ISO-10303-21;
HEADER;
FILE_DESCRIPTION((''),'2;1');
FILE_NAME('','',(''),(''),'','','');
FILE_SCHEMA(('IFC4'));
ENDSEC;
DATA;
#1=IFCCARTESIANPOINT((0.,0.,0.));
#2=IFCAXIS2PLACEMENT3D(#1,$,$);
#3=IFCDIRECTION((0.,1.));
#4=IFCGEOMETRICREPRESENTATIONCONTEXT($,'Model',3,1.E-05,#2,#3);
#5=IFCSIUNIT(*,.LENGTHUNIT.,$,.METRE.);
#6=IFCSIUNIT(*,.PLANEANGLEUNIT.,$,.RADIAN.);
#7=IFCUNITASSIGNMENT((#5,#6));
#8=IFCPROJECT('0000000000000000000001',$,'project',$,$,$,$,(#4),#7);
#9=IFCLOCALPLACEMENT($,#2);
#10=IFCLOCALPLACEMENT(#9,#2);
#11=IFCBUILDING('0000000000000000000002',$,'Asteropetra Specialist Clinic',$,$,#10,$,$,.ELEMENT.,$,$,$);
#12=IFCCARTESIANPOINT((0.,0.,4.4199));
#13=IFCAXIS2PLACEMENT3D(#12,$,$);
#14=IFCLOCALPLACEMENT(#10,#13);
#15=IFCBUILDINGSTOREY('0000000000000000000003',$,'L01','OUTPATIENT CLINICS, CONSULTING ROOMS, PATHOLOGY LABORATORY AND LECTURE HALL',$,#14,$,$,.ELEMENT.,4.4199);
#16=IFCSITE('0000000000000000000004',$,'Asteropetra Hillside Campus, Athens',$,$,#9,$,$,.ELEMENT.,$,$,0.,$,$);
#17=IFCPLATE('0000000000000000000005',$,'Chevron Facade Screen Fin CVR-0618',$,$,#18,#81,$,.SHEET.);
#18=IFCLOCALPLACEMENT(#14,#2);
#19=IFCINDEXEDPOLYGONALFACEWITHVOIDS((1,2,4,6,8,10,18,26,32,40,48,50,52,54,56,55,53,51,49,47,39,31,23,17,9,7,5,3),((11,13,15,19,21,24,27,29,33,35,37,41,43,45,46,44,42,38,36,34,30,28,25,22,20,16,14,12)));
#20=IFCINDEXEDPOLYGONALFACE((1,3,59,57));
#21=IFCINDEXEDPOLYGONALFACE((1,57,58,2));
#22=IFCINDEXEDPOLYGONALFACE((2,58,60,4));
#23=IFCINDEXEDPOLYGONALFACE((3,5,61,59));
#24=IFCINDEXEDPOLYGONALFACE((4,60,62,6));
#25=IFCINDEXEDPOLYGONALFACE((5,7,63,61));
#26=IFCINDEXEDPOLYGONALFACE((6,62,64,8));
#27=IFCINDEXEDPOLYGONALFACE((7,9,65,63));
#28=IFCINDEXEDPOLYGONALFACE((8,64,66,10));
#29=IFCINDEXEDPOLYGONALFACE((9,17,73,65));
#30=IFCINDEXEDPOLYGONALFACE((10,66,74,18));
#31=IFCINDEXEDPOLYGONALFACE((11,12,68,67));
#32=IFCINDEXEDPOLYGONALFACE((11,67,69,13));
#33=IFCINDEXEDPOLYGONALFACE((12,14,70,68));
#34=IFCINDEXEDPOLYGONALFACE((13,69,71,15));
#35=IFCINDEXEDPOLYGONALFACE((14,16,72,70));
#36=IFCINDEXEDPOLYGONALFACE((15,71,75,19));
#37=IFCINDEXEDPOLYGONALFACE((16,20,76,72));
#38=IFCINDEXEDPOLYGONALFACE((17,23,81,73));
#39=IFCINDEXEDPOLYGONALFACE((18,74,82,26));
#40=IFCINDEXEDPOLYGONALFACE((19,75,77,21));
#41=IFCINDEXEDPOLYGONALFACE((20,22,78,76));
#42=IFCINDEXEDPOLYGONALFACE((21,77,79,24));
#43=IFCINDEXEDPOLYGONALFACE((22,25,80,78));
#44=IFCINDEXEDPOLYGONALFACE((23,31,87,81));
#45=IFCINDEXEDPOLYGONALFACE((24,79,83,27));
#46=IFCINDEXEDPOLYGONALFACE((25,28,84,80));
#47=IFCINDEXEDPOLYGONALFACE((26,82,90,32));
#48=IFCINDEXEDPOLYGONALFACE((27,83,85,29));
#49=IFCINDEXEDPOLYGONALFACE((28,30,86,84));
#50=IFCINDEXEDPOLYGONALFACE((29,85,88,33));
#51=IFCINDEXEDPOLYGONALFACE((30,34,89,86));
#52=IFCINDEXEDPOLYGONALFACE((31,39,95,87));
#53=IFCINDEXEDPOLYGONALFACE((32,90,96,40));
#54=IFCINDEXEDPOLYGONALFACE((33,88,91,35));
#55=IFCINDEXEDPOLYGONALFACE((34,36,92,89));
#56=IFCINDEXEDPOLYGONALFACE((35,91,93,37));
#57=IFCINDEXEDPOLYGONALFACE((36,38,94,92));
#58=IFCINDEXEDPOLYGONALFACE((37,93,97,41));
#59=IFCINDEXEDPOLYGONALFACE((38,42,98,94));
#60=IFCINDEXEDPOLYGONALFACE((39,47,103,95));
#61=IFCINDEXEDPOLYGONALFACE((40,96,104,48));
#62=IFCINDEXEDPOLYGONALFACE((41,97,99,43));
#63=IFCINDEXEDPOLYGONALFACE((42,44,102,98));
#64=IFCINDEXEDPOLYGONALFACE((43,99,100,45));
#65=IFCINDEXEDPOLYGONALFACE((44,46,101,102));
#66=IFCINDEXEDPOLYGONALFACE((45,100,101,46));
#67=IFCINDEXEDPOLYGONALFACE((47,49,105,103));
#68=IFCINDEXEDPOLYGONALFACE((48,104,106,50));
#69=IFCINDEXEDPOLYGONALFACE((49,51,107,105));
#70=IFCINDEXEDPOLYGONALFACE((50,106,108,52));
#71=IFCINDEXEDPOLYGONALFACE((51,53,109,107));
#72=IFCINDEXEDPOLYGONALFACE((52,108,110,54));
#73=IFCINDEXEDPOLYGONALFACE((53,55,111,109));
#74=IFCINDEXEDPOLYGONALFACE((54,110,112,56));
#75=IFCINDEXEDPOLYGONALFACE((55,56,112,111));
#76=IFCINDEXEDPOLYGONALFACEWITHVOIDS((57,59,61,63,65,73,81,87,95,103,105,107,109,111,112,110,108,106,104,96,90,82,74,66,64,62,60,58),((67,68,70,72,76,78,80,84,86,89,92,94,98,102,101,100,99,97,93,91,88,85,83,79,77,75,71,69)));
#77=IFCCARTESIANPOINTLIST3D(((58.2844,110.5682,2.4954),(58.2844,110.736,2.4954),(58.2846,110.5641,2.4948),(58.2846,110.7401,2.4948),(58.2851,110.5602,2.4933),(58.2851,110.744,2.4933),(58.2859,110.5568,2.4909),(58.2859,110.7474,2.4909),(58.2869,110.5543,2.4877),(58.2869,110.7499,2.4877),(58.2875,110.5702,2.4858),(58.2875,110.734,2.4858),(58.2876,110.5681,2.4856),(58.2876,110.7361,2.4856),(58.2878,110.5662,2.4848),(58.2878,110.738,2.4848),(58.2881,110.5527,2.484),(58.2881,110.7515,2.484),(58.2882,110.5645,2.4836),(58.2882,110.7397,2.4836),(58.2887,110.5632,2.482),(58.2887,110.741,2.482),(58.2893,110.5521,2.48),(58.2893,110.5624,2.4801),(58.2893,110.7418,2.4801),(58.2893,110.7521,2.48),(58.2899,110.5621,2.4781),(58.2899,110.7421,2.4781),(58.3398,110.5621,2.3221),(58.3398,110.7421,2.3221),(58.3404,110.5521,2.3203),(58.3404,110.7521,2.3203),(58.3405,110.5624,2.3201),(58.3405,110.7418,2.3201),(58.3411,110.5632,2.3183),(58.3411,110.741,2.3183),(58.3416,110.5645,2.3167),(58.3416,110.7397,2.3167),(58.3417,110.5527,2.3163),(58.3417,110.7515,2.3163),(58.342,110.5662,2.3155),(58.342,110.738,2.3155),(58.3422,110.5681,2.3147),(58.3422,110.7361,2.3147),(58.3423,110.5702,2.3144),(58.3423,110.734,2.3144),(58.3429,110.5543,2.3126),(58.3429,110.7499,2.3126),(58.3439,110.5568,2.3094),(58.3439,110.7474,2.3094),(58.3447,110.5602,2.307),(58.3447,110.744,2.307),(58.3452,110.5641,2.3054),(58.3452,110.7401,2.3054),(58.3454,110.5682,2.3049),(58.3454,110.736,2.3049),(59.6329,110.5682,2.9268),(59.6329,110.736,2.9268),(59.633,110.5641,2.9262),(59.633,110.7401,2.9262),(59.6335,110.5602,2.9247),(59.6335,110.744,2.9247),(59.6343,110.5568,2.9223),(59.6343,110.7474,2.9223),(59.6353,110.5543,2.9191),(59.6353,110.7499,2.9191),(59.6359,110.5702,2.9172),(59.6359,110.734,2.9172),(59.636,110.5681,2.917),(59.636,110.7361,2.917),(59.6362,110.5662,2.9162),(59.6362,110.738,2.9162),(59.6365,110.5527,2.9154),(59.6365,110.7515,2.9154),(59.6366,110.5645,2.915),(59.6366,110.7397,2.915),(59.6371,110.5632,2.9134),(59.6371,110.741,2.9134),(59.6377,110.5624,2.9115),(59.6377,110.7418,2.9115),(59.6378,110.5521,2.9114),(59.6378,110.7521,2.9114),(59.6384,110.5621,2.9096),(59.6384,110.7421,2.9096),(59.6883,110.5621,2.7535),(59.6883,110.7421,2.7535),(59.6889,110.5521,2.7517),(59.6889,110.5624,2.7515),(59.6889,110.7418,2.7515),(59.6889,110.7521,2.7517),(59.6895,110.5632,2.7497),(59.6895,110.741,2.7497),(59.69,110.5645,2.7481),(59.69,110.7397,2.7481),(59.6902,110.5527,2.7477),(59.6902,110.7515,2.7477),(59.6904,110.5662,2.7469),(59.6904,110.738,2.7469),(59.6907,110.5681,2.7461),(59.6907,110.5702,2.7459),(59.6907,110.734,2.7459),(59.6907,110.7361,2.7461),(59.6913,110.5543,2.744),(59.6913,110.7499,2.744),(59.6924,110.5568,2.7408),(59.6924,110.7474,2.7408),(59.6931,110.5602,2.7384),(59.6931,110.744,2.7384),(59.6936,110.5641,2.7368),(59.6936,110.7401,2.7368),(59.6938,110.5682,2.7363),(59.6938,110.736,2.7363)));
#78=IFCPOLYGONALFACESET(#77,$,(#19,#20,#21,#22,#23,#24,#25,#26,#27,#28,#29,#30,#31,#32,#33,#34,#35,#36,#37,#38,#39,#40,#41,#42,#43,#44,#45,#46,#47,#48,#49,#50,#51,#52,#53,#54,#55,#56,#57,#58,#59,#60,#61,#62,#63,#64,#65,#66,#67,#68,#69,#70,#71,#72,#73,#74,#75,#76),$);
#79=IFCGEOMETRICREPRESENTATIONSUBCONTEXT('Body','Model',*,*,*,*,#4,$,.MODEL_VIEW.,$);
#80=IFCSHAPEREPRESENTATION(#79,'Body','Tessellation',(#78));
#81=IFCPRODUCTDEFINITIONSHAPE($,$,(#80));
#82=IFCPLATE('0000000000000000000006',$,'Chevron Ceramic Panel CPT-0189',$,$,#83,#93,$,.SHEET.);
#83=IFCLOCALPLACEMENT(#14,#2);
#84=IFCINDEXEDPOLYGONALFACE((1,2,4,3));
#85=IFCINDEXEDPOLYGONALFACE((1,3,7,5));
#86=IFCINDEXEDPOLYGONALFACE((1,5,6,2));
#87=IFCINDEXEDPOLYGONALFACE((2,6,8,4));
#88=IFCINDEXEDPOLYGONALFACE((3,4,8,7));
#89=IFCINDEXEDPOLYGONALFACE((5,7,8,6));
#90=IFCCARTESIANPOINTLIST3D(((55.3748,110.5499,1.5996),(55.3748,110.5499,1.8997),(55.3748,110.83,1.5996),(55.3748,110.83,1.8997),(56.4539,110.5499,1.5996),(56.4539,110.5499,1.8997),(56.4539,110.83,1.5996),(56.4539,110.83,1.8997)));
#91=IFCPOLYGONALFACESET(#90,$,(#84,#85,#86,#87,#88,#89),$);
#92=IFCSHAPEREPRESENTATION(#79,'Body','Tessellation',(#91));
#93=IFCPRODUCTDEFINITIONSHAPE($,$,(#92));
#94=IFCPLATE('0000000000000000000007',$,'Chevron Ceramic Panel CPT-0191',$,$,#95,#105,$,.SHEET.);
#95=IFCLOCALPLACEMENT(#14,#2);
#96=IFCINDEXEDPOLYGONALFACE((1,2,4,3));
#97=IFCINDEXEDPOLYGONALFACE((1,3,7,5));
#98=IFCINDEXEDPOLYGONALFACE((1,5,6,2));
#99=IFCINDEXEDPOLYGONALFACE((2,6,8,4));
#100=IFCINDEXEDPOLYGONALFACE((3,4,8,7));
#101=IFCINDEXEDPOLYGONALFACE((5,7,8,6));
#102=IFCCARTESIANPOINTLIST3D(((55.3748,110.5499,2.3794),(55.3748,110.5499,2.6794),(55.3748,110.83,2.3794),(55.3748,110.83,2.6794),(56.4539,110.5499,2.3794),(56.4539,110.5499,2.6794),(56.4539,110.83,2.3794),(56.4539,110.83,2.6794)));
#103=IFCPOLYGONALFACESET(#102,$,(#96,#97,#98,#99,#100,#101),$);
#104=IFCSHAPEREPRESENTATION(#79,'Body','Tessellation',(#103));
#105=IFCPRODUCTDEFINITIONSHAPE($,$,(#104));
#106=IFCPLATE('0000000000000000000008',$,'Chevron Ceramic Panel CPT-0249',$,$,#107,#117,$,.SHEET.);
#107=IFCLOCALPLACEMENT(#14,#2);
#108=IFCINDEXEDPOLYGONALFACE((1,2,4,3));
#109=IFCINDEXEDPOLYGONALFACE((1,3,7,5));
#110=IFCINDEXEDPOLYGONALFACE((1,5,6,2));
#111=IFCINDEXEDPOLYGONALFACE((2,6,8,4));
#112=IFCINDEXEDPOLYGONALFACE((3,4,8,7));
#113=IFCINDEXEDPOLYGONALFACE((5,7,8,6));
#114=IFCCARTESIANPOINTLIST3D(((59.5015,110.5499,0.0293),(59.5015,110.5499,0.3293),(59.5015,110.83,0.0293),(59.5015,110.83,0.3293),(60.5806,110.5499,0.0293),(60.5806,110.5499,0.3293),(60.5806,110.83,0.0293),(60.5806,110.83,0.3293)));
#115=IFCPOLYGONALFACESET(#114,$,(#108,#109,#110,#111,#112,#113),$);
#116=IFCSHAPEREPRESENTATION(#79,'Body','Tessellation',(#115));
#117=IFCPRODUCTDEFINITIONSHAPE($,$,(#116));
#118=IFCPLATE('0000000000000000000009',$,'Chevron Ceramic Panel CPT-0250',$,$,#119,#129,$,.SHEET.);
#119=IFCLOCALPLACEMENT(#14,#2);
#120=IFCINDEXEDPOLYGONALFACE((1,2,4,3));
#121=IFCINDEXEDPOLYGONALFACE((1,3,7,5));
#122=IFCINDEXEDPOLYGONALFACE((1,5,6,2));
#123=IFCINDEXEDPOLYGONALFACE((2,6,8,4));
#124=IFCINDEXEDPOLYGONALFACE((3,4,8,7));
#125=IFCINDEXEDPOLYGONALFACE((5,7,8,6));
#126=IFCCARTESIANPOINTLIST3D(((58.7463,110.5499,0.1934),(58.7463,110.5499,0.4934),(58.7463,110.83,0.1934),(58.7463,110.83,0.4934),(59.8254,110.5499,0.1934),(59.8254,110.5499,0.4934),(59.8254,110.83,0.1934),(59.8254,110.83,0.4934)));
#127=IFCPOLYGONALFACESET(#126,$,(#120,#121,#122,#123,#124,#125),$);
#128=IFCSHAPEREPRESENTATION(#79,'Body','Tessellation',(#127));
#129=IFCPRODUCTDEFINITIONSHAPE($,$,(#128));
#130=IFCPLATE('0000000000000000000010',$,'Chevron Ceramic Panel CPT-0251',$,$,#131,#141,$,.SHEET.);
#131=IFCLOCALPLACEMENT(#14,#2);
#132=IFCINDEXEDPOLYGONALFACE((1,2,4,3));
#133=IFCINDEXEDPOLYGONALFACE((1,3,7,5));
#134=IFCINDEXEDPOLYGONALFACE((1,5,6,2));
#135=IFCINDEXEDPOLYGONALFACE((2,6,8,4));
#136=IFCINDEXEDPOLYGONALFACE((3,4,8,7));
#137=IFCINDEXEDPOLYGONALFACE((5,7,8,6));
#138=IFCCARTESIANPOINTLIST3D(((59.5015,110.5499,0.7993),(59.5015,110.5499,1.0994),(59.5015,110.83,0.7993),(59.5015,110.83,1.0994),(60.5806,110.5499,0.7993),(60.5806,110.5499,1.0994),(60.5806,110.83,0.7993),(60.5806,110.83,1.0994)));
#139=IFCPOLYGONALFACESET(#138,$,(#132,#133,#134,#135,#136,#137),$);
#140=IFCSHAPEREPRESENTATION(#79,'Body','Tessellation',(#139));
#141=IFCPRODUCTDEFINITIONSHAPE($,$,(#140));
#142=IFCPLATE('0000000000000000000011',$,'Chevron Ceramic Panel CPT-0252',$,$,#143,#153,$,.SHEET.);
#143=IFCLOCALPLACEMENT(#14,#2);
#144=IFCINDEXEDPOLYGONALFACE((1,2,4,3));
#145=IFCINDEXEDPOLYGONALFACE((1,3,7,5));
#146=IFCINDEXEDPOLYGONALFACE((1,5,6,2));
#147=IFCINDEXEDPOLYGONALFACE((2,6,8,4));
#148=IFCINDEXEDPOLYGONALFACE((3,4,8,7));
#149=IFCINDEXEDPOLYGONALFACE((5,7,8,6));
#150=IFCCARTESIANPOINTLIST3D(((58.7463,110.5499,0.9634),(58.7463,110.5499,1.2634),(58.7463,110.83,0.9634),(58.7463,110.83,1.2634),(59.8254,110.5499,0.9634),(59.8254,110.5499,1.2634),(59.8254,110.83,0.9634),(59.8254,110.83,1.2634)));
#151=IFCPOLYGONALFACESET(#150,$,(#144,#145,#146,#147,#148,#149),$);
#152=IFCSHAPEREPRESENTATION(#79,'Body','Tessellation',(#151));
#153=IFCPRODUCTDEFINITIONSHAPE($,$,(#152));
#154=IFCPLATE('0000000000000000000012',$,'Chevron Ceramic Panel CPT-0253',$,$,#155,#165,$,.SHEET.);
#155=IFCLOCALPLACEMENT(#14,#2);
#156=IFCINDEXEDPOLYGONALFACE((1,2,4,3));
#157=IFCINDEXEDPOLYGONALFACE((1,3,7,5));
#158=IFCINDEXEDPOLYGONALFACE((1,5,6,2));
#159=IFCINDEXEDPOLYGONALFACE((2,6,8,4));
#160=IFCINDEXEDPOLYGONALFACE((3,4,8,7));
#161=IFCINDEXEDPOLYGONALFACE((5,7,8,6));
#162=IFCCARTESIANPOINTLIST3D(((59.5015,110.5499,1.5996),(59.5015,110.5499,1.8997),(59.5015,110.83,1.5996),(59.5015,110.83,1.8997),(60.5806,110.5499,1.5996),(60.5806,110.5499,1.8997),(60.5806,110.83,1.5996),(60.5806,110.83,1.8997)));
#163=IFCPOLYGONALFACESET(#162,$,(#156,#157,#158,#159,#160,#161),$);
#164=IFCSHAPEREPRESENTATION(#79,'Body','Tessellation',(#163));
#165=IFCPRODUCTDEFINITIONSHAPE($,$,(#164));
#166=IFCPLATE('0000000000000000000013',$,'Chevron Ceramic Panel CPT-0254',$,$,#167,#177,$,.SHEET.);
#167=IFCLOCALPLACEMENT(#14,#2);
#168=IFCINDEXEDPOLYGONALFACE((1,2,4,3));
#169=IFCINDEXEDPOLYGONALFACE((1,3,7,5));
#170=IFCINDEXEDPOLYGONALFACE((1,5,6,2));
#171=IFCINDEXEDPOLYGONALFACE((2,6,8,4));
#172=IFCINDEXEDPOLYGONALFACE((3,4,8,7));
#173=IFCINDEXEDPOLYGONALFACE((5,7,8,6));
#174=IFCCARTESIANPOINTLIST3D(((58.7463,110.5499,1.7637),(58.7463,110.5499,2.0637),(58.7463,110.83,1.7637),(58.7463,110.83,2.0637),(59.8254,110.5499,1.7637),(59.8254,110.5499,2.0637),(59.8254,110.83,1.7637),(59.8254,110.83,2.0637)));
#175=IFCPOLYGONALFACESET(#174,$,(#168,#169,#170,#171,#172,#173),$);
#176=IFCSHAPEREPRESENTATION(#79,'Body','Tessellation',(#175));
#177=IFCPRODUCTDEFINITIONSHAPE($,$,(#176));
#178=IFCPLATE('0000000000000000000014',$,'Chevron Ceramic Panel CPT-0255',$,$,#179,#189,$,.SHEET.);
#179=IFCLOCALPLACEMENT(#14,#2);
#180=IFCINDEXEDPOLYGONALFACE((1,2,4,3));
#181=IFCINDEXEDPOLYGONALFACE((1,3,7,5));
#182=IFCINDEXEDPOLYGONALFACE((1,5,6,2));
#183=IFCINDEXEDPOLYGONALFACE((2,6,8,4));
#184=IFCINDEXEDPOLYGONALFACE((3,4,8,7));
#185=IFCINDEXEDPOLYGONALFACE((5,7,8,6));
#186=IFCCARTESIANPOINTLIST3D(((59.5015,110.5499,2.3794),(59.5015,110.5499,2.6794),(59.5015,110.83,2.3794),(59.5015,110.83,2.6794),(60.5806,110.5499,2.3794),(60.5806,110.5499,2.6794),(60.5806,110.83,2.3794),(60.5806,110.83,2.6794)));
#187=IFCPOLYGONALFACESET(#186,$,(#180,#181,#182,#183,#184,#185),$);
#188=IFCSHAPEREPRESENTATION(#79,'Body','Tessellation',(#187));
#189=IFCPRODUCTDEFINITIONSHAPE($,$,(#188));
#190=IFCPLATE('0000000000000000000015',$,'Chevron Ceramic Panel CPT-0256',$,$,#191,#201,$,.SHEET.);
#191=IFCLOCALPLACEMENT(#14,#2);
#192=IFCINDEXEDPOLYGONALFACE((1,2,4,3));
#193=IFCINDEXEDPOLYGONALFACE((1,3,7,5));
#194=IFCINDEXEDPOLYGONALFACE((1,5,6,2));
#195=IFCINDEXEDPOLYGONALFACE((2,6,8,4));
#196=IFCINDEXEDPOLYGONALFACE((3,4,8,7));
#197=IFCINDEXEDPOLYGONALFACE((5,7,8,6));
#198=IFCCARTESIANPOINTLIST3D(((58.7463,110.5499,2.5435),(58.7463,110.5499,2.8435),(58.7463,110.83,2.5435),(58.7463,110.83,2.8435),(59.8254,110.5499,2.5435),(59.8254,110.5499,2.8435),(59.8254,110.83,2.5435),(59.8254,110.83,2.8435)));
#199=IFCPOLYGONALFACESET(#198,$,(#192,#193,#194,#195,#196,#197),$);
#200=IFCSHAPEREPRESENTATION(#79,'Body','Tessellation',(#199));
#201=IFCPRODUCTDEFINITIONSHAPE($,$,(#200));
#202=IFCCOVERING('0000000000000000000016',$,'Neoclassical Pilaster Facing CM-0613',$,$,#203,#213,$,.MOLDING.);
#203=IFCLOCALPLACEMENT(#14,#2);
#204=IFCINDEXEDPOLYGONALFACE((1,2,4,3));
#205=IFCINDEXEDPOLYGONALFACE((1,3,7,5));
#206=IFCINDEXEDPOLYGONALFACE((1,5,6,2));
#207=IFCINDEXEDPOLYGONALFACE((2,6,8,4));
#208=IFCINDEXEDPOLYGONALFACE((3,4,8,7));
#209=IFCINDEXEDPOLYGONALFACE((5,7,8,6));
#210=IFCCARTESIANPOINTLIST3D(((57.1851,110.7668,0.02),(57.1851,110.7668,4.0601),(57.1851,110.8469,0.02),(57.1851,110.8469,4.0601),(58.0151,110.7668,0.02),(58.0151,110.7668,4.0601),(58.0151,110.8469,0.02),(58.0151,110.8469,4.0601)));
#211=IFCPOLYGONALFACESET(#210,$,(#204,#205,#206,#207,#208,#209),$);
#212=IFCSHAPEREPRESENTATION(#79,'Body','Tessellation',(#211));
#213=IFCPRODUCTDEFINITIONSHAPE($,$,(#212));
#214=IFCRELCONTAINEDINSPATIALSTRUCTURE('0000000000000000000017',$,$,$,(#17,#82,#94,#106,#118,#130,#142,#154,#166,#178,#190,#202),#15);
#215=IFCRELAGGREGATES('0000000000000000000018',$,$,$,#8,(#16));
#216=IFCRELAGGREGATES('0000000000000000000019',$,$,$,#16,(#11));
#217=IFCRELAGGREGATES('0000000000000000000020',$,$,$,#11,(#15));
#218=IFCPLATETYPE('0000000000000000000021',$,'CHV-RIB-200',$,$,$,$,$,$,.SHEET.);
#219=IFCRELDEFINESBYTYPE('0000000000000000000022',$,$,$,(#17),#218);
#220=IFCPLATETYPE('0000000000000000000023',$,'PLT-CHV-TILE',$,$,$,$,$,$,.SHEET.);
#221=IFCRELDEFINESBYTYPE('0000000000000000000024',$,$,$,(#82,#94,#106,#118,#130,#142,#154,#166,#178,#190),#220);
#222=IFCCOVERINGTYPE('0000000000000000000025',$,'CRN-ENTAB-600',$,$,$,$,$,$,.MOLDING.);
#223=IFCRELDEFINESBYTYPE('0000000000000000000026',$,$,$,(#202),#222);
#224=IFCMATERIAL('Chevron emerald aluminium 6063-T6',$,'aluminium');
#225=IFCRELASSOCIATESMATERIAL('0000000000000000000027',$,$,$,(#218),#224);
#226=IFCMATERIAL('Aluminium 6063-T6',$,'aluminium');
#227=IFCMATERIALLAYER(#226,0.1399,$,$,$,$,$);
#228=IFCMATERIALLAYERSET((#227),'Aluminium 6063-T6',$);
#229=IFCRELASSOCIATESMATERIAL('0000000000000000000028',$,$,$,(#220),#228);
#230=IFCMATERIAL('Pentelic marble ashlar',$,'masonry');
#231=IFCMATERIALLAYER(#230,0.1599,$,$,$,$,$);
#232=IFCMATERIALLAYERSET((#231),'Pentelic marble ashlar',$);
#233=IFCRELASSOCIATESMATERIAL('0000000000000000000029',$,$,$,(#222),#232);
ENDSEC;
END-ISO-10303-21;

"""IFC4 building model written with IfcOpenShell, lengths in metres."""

from ifc_helpers import new_model, si_unit, direction, frame, origin, origin_2d, place, context, subcontext, project, spatial, rectangle, hollow_rectangle, extrude, material, layer, layer_set, material_profile, profile_set, type_object, element, save


model = new_model("IFC4")

# Units and contexts
model_context = context("Model", 3, precision=1e-05, world=origin(), true_north=direction((0.0, 1.0)))
body_context = subcontext(model_context, "Body", "Model", "MODEL_VIEW")
ifc_project = project(units=[si_unit("LENGTHUNIT", "METRE"), si_unit("PLANEANGLEUNIT", "RADIAN")], contexts=[model_context])

# Site, building, storey
site_placement = place(None, origin())
site = spatial("IfcSite", under=ifc_project, at=site_placement, Name="Asteropetra Hillside Campus, Athens", CompositionType="ELEMENT", RefElevation=0.0)
building_placement = place(site_placement, origin())
building = spatial("IfcBuilding", under=site, at=building_placement, Name="Asteropetra Specialist Clinic", CompositionType="ELEMENT")
storey_placement = place(building_placement, frame((0.0, 0.0, 4.4199)))
storey = spatial("IfcBuildingStorey", under=building, at=storey_placement, Name="L01", Description="OUTPATIENT CLINICS, CONSULTING ROOMS, PATHOLOGY LABORATORY AND LECTURE HALL", CompositionType="ELEMENT", Elevation=4.4199)

# Plates
ifc_material_1 = material(Name="Chevron emerald aluminium 6063-T6", Category="aluminium")
ifc_material_profile = material_profile(ifc_material_1, hollow_rectangle(XDim=0.2, YDim=0.2, WallThickness=0.01, InnerFilletRadius=0.0081, OuterFilletRadius=0.0161, at=origin_2d()), Name="SHS 200x200x10.0")
ifc_profile_set = profile_set([ifc_material_profile], Name="Chevron emerald aluminium 6063-T6")
plate_type_1 = type_object("IfcPlateType", Name="CHV-RIB-200", PredefinedType="SHEET", material=ifc_profile_set)
for number, where, z_axis, x_axis, name in (
    (1, (59.6633, 110.6521, 2.8315), (-0.952442, 0.0, -0.304719), (0.0, -1.0, 0.0), "Chevron Facade Screen Fin CVR-0618"),
):
    element("IfcPlate", number, at=place(storey_placement, frame(where, z_axis=z_axis, x_axis=x_axis)), inside=storey, type_object=plate_type_1, Name=name, PredefinedType="SHEET", context=body_context, shape_type="SweptSolid", body=[
        extrude(hollow_rectangle(XDim=0.2, YDim=0.2, WallThickness=0.01, InnerFilletRadius=0.0081, OuterFilletRadius=0.0161, at=origin_2d()), origin(), (0.0, 0.0, 1.0), 1.4158),
    ])
ifc_material_2 = material(Name="Aluminium 6063-T6", Category="aluminium")
ifc_layer_1 = layer(ifc_material_2, 0.1399)
ifc_layer_set_1 = layer_set([ifc_layer_1], Name="Aluminium 6063-T6")
plate_type_2 = type_object("IfcPlateType", Name="PLT-CHV-TILE", PredefinedType="SHEET", material=ifc_layer_set_1)
for number, where, z_axis, x_axis, name in (
    (2, (55.9143, 110.6899, 1.5996), (0.0, 0.0, 1.0), (1.0, 0.0, 0.0), "Chevron Ceramic Panel CPT-0189"),
    (3, (55.9143, 110.6899, 2.3794), (0.0, 0.0, 1.0), (1.0, 0.0, 0.0), "Chevron Ceramic Panel CPT-0191"),
    (4, (60.041, 110.6899, 0.0293), (0.0, 0.0, 1.0), (1.0, 0.0, 0.0), "Chevron Ceramic Panel CPT-0249"),
    (5, (59.2859, 110.6899, 0.1934), (0.0, 0.0, 1.0), (1.0, 0.0, 0.0), "Chevron Ceramic Panel CPT-0250"),
    (6, (60.041, 110.6899, 0.7993), (0.0, 0.0, 1.0), (1.0, 0.0, 0.0), "Chevron Ceramic Panel CPT-0251"),
    (7, (59.2859, 110.6899, 0.9634), (0.0, 0.0, 1.0), (1.0, 0.0, 0.0), "Chevron Ceramic Panel CPT-0252"),
    (8, (60.041, 110.6899, 1.5996), (0.0, 0.0, 1.0), (1.0, 0.0, 0.0), "Chevron Ceramic Panel CPT-0253"),
    (9, (59.2859, 110.6899, 1.7637), (0.0, 0.0, 1.0), (1.0, 0.0, 0.0), "Chevron Ceramic Panel CPT-0254"),
    (10, (60.041, 110.6899, 2.3794), (0.0, 0.0, 1.0), (1.0, 0.0, 0.0), "Chevron Ceramic Panel CPT-0255"),
    (11, (59.2859, 110.6899, 2.5435), (0.0, 0.0, 1.0), (1.0, 0.0, 0.0), "Chevron Ceramic Panel CPT-0256"),
):
    element("IfcPlate", number, at=place(storey_placement, frame(where, z_axis=z_axis, x_axis=x_axis)), inside=storey, type_object=plate_type_2, Name=name, PredefinedType="SHEET", context=body_context, shape_type="SweptSolid", body=[
        extrude(rectangle(XDim=1.0791, YDim=0.28, at=origin_2d()), origin(), (0.0, 0.0, 1.0), 0.3),
    ])

# Covering
ifc_material_3 = material(Name="Pentelic marble ashlar", Category="masonry")
ifc_layer_2 = layer(ifc_material_3, 0.1599)
ifc_layer_set_2 = layer_set([ifc_layer_2], Name="Pentelic marble ashlar")
covering_type = type_object("IfcCoveringType", Name="CRN-ENTAB-600", PredefinedType="MOLDING", material=ifc_layer_set_2)
covering_placement = place(storey_placement, frame((57.6001, 110.8069, 0.02), z_axis=(0.0, 0.0, 1.0), x_axis=(1.0, 0.0, 0.0)))
element("IfcCovering", 12, at=covering_placement, inside=storey, type_object=covering_type, Name="Neoclassical Pilaster Facing CM-0613", PredefinedType="MOLDING", context=body_context, shape_type="SweptSolid", body=[
    extrude(rectangle(XDim=0.8301, YDim=0.0801, at=origin_2d()), origin(), (0.0, 0.0, 1.0), 4.04),
])

save(model, "model.ifc")
